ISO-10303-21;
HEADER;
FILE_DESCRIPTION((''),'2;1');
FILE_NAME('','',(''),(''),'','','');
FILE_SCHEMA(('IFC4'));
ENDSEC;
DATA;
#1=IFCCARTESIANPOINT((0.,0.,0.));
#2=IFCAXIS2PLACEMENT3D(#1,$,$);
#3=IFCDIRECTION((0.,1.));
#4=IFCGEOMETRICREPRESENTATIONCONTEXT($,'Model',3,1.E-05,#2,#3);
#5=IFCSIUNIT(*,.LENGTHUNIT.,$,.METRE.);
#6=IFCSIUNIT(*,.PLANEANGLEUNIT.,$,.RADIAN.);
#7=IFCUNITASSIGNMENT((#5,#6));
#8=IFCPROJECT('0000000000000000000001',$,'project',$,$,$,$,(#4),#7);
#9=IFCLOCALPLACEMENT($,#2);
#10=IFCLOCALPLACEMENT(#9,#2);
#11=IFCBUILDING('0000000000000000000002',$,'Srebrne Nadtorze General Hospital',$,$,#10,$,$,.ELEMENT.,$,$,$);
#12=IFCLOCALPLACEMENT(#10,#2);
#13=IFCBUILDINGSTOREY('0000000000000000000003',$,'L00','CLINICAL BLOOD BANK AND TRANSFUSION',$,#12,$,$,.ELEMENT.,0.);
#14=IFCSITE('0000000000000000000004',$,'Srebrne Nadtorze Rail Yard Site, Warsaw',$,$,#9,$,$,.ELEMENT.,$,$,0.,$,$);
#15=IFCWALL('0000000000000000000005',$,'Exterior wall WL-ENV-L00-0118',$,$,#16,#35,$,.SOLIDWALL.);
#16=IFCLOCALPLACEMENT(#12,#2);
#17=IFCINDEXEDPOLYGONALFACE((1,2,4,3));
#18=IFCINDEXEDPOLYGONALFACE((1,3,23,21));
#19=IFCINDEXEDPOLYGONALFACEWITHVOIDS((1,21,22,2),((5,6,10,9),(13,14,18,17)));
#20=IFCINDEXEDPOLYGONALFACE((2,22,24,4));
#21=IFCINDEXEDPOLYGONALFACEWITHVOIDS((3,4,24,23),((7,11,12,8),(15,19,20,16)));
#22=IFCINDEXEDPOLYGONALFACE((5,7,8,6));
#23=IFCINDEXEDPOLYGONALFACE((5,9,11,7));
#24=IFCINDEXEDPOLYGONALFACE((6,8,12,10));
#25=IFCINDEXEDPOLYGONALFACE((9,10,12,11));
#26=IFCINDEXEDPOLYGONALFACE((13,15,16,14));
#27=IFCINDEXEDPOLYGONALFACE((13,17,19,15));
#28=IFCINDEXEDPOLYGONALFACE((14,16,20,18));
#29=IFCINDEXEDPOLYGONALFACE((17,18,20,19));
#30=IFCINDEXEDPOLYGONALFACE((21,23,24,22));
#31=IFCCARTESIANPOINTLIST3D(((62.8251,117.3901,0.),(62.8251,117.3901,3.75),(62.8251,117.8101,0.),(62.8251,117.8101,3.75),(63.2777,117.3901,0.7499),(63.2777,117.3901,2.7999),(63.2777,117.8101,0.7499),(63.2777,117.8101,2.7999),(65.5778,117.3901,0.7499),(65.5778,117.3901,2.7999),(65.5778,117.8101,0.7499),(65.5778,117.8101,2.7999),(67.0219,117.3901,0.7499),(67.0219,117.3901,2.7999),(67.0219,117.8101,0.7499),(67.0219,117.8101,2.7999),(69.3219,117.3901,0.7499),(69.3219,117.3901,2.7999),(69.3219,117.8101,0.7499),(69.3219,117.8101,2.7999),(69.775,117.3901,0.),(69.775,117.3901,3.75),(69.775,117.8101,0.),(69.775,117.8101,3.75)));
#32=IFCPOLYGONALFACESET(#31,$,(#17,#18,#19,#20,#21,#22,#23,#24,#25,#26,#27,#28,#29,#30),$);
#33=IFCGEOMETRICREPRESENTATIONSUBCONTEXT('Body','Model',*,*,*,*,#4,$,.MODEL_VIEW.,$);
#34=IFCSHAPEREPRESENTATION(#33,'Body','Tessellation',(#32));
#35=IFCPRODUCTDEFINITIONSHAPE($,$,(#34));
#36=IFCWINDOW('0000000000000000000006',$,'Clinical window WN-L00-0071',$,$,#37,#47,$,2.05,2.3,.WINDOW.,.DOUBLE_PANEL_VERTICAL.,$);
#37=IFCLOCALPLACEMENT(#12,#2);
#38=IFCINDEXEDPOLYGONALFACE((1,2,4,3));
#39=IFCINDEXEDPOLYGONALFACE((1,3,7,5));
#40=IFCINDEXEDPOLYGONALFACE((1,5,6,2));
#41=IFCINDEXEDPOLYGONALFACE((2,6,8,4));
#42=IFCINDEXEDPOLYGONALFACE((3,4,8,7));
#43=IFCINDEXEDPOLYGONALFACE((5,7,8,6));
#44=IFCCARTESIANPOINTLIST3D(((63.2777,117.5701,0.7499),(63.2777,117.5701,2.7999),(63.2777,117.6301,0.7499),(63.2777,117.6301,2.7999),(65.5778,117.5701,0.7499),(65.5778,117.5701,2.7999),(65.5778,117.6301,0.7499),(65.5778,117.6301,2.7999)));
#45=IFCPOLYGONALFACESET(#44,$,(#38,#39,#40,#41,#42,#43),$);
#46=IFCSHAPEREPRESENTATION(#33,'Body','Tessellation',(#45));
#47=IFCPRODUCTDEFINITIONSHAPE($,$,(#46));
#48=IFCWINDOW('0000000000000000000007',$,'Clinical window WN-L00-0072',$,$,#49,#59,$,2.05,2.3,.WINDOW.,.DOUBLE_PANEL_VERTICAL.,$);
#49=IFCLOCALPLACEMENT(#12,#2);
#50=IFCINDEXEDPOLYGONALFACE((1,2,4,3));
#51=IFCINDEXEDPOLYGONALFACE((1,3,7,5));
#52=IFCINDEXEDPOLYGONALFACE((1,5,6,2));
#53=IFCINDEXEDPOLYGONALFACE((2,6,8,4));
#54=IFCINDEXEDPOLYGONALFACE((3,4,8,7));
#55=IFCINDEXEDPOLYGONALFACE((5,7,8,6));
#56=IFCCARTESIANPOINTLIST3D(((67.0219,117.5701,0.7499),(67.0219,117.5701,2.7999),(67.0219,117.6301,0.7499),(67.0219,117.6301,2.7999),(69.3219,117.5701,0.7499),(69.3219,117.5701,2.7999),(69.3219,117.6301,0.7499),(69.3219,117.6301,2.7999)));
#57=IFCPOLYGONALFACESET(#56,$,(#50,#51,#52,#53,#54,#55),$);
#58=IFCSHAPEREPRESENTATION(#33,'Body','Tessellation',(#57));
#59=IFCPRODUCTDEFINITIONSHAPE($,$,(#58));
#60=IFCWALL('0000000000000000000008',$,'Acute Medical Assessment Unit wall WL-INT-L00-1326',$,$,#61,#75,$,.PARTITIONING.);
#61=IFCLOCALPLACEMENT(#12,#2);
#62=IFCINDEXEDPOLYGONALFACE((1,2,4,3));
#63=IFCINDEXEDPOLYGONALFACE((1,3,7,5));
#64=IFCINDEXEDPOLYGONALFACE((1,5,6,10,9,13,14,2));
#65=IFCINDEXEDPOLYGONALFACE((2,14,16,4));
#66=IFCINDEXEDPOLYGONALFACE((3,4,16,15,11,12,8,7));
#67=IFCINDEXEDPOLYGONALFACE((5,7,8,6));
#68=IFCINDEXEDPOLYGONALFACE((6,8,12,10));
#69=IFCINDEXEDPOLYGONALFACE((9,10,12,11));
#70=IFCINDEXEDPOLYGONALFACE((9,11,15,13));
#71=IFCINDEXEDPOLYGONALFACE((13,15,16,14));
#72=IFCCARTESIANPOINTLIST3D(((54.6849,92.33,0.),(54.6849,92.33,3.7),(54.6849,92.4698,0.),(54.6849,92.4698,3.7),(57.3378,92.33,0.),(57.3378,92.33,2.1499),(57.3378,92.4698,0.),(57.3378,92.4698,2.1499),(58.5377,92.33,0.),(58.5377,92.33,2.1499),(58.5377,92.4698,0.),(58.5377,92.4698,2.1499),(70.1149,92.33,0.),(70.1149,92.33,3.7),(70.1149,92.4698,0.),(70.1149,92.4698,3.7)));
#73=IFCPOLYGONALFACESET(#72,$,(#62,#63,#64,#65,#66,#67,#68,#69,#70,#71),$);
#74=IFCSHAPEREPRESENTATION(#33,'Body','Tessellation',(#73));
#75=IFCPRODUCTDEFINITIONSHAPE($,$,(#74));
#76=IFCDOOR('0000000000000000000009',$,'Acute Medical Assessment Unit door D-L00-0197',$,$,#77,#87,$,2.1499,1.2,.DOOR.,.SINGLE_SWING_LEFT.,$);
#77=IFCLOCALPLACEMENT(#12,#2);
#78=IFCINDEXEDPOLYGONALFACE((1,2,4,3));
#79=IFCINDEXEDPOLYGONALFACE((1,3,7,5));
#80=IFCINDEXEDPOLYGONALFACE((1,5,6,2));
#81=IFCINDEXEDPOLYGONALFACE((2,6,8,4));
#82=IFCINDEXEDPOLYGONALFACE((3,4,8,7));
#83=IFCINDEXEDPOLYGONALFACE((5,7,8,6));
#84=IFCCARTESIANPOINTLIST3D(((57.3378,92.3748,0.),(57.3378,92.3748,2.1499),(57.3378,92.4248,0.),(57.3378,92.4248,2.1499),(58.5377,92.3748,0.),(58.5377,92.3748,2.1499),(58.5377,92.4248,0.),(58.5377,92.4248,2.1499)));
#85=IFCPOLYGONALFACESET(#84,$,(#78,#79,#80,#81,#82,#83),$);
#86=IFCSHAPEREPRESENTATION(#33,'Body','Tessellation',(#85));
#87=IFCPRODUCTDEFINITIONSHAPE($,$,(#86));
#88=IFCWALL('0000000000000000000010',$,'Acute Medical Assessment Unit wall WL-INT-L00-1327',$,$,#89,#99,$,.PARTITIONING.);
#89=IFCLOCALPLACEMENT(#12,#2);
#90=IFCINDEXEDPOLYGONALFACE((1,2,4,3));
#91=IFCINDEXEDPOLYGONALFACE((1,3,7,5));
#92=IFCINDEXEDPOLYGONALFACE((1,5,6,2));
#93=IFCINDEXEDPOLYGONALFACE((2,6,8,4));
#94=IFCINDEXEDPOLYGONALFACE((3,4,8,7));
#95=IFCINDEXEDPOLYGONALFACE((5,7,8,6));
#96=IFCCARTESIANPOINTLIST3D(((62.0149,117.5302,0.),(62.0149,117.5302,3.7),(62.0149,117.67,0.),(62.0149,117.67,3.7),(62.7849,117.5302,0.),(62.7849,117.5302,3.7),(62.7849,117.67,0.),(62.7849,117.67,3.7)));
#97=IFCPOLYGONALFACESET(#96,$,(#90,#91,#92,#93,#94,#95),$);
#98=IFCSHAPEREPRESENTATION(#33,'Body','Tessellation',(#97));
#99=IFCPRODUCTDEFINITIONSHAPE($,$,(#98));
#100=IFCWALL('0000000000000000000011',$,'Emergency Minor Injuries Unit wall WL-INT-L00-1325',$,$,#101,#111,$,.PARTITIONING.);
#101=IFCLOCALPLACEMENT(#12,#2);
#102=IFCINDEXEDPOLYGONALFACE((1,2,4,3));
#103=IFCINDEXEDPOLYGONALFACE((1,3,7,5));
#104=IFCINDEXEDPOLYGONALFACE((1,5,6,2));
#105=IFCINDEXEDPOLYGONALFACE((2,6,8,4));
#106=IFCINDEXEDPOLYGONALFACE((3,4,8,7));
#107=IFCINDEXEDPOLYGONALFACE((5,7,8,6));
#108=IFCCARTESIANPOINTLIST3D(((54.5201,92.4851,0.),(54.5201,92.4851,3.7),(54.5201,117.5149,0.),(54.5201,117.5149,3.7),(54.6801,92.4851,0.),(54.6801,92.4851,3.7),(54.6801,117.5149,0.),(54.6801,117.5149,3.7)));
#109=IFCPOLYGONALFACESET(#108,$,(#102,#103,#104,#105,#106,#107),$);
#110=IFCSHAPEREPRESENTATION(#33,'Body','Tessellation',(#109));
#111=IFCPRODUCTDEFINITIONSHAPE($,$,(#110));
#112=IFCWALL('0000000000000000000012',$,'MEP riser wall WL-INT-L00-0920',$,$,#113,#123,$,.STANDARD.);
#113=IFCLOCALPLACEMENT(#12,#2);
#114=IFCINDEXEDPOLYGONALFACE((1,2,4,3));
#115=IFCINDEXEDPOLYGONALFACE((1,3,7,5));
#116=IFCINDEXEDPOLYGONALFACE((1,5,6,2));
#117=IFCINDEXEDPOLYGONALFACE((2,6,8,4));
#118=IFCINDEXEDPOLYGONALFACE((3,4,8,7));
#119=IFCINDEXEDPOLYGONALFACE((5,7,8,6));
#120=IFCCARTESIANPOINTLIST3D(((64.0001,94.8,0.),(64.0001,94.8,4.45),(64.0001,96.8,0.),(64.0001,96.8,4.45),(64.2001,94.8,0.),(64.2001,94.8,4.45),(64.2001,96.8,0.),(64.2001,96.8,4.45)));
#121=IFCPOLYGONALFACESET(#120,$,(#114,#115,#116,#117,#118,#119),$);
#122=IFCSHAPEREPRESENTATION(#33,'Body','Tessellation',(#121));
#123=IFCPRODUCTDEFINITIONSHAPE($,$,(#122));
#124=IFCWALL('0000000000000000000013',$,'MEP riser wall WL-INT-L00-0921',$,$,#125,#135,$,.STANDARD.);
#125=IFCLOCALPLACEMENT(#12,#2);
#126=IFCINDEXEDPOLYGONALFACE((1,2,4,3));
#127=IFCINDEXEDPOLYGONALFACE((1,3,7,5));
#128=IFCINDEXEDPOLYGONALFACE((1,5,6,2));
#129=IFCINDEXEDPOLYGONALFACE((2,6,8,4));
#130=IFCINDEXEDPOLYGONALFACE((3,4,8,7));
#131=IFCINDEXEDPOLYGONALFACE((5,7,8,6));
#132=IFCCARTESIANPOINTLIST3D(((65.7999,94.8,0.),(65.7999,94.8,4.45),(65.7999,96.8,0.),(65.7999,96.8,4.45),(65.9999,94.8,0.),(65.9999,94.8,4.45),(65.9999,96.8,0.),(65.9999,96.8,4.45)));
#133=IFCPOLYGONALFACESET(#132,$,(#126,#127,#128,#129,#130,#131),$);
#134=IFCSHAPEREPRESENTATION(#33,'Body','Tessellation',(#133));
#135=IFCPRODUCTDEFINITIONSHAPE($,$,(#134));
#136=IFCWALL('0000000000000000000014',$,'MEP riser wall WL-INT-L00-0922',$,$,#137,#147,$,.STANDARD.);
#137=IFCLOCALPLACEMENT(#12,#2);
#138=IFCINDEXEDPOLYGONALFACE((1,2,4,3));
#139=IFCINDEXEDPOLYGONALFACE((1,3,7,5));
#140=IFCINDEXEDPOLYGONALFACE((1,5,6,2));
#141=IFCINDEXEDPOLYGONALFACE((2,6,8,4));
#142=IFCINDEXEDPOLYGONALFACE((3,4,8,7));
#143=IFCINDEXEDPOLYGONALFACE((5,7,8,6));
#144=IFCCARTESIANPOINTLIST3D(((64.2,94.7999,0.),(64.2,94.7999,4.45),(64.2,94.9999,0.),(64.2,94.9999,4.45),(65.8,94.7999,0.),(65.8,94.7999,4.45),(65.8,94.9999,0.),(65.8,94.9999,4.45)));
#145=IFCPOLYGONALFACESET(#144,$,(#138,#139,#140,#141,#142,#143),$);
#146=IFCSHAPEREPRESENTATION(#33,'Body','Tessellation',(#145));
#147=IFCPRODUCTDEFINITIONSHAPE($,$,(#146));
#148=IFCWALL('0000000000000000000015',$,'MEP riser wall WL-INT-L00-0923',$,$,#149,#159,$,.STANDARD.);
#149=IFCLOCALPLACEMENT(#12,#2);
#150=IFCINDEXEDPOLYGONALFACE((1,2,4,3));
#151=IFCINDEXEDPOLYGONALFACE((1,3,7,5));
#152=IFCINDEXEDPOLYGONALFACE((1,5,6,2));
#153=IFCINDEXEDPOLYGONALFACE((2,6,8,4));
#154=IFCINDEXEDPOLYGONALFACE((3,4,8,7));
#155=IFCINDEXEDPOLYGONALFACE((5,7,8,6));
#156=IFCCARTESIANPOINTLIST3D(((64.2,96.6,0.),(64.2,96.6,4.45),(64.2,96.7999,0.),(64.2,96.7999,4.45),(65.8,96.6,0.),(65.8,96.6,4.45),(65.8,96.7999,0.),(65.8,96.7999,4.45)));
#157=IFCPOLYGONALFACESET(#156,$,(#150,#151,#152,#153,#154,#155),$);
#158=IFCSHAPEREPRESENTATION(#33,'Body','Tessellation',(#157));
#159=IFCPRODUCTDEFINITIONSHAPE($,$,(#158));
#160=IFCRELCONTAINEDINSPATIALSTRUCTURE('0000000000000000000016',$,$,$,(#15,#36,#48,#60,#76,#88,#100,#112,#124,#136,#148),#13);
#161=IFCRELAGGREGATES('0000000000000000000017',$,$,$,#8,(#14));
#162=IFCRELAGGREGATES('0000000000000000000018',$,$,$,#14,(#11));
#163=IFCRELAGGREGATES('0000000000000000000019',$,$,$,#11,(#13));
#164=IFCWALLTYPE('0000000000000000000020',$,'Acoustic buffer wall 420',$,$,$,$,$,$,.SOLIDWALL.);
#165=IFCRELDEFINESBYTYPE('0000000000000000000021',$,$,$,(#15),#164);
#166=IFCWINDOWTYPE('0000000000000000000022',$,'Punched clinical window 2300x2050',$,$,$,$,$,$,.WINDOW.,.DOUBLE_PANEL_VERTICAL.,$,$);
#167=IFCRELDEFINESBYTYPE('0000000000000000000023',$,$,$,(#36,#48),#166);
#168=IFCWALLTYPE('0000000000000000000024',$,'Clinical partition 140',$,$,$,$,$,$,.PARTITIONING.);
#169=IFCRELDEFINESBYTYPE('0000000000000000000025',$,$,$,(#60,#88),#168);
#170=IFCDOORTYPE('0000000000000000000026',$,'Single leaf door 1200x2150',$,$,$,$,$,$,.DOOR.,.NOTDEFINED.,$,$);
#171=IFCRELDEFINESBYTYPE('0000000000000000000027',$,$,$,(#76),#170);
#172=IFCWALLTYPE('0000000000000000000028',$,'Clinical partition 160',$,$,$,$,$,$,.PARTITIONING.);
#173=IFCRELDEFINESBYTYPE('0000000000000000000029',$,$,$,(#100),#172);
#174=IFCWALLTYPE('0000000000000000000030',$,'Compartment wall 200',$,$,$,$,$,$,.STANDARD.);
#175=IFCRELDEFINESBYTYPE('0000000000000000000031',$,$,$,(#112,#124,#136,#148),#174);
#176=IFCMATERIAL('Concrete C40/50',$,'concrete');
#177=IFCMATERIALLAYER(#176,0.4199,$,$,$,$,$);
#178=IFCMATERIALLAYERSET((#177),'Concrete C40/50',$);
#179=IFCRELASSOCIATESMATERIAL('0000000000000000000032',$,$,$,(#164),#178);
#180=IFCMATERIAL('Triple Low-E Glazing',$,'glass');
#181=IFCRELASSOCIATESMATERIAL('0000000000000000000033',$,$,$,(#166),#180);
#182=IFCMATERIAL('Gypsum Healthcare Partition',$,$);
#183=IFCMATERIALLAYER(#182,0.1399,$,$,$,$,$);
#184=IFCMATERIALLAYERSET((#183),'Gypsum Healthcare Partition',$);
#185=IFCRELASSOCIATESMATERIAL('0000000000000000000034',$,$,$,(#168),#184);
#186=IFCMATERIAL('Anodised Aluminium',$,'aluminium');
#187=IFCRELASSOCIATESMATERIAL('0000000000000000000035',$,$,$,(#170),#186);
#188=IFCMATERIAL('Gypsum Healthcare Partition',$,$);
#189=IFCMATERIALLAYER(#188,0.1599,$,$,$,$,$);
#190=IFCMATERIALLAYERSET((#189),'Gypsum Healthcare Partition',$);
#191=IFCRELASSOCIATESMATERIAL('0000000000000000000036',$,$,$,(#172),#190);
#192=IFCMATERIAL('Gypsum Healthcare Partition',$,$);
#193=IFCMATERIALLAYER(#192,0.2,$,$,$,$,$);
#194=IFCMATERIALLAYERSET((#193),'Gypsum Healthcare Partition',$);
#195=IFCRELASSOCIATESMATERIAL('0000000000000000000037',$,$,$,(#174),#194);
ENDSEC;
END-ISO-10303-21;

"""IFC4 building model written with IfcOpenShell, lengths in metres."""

from ifc_helpers import new_model, si_unit, direction, frame, frame_2d, origin, place, context, subcontext, project, spatial, rectangle, extrude, material, layer, layer_set, type_object, element, fill, save


model = new_model("IFC4")

# Units and contexts
model_context = context("Model", 3, precision=1e-05, world=origin(), true_north=direction((0.0, 1.0)))
body_context = subcontext(model_context, "Body", "Model", "MODEL_VIEW")
ifc_project = project(units=[si_unit("LENGTHUNIT", "METRE"), si_unit("PLANEANGLEUNIT", "RADIAN")], contexts=[model_context])

# Site, building, storey
site_placement = place(None, origin())
site = spatial("IfcSite", under=ifc_project, at=site_placement, Name="Srebrne Nadtorze Rail Yard Site, Warsaw", CompositionType="ELEMENT", RefElevation=0.0)
building_placement = place(site_placement, origin())
building = spatial("IfcBuilding", under=site, at=building_placement, Name="Srebrne Nadtorze General Hospital", CompositionType="ELEMENT")
storey_placement = place(building_placement, origin())
storey = spatial("IfcBuildingStorey", under=building, at=storey_placement, Name="L00", Description="CLINICAL BLOOD BANK AND TRANSFUSION", CompositionType="ELEMENT", Elevation=0.0)

# Wall, openings, windows
ifc_material_1 = material(Name="Concrete C40/50", Category="concrete")
ifc_layer_1 = layer(ifc_material_1, 0.4199)
ifc_layer_set_1 = layer_set([ifc_layer_1], Name="Concrete C40/50")
wall_type_1 = type_object("IfcWallType", Name="Acoustic buffer wall 420", PredefinedType="SOLIDWALL", material=ifc_layer_set_1)
wall_1_placement = place(storey_placement, frame((62.825, 117.6001, 0.0), z_axis=(0.0, 0.0, 1.0), x_axis=(1.0, 0.0, 0.0)))
wall_1 = element("IfcWall", 1, at=wall_1_placement, inside=storey, type_object=wall_type_1, Name="Exterior wall WL-ENV-L00-0118", PredefinedType="SOLIDWALL", context=body_context, shape_type="SweptSolid", body=[
    extrude(rectangle(XDim=6.95, YDim=0.4199, at=frame_2d((3.4751, 0.0))), origin(), (0.0, 0.0, 1.0), 3.75),
])
opening_1_placement = place(wall_1_placement, frame((0.4529, 0.0, 0.75)))
opening_1 = element("IfcOpeningElement", 2, at=opening_1_placement, cuts=wall_1, PredefinedType="OPENING", context=body_context, shape_type="SweptSolid", body=[
    extrude(rectangle(XDim=2.3, YDim=2.05, at=frame_2d((1.1499, 1.0249))), frame((0.0, 0.2219, 0.0), z_axis=(0.0, -1.0, 0.0), x_axis=(1.0, 0.0, 0.0)), (0.0, 0.0, 1.0), 0.4438),
])
opening_2_placement = place(wall_1_placement, frame((4.197, 0.0, 0.75)))
opening_2 = element("IfcOpeningElement", 3, at=opening_2_placement, cuts=wall_1, PredefinedType="OPENING", context=body_context, shape_type="SweptSolid", body=[
    extrude(rectangle(XDim=2.3, YDim=2.05, at=frame_2d((1.1499, 1.0249))), frame((0.0, 0.2219, 0.0), z_axis=(0.0, -1.0, 0.0), x_axis=(1.0, 0.0, 0.0)), (0.0, 0.0, 1.0), 0.4438),
])
ifc_material_2 = material(Name="Triple Low-E Glazing", Category="glass")
window_type_1 = type_object("IfcWindowType", Name="Punched clinical window 2300x2050", PartitioningType="DOUBLE_PANEL_VERTICAL", PredefinedType="WINDOW", material=ifc_material_2)
window_1_placement = place(opening_1_placement, origin())
window_1 = element("IfcWindow", 4, at=window_1_placement, inside=storey, type_object=window_type_1, Name="Clinical window WN-L00-0071", OverallHeight=2.05, OverallWidth=2.3, PartitioningType="DOUBLE_PANEL_VERTICAL", PredefinedType="WINDOW", context=body_context, shape_type="SweptSolid", body=[
    extrude(rectangle(XDim=2.3, YDim=2.05, at=frame_2d((1.1499, 1.0249))), frame((0.0, 0.03, 0.0), z_axis=(0.0, -1.0, 0.0), x_axis=(1.0, 0.0, 0.0)), (0.0, 0.0, 1.0), 0.0601),
])
fill(opening_1, window_1)
window_2_placement = place(opening_2_placement, origin())
window_2 = element("IfcWindow", 5, at=window_2_placement, inside=storey, type_object=window_type_1, Name="Clinical window WN-L00-0072", OverallHeight=2.05, OverallWidth=2.3, PartitioningType="DOUBLE_PANEL_VERTICAL", PredefinedType="WINDOW", context=body_context, shape_type="SweptSolid", body=[
    extrude(rectangle(XDim=2.3, YDim=2.05, at=frame_2d((1.1499, 1.0249))), frame((0.0, 0.03, 0.0), z_axis=(0.0, -1.0, 0.0), x_axis=(1.0, 0.0, 0.0)), (0.0, 0.0, 1.0), 0.0601),
])
fill(opening_2, window_2)

# Wall, opening, door
ifc_material_3 = material(Name="Gypsum Healthcare Partition")
ifc_layer_2 = layer(ifc_material_3, 0.1399)
ifc_layer_set_2 = layer_set([ifc_layer_2], Name="Gypsum Healthcare Partition")
wall_type_2 = type_object("IfcWallType", Name="Clinical partition 140", PredefinedType="PARTITIONING", material=ifc_layer_set_2)
wall_2_placement = place(storey_placement, frame((54.6851, 92.3999, 0.0), z_axis=(0.0, 0.0, 1.0), x_axis=(1.0, 0.0, 0.0)))
wall_2 = element("IfcWall", 6, at=wall_2_placement, inside=storey, type_object=wall_type_2, Name="Acute Medical Assessment Unit wall WL-INT-L00-1326", PredefinedType="PARTITIONING", context=body_context, shape_type="SweptSolid", body=[
    extrude(rectangle(XDim=15.4299, YDim=0.1399, at=frame_2d((7.7148, 0.0))), origin(), (0.0, 0.0, 1.0), 3.7),
])
opening_3_placement = place(wall_2_placement, frame((2.6526, 0.0, 0.0)))
opening_3 = element("IfcOpeningElement", 7, at=opening_3_placement, cuts=wall_2, PredefinedType="OPENING", context=body_context, shape_type="SweptSolid", body=[
    extrude(rectangle(XDim=1.2, YDim=2.1499, at=frame_2d((0.6001, 1.075))), frame((0.0, 0.082, 0.0), z_axis=(0.0, -1.0, 0.0), x_axis=(1.0, 0.0, 0.0)), (0.0, 0.0, 1.0), 0.1638),
])
ifc_material_4 = material(Name="Anodised Aluminium", Category="aluminium")
door_type = type_object("IfcDoorType", Name="Single leaf door 1200x2150", OperationType="NOTDEFINED", PredefinedType="DOOR", material=ifc_material_4)
door_placement = place(opening_3_placement, origin())
door = element("IfcDoor", 8, at=door_placement, inside=storey, type_object=door_type, Name="Acute Medical Assessment Unit door D-L00-0197", OperationType="SINGLE_SWING_LEFT", OverallHeight=2.1499, OverallWidth=1.2, PredefinedType="DOOR", context=body_context, shape_type="SweptSolid", body=[
    extrude(rectangle(XDim=1.2, YDim=2.1499, at=frame_2d((0.6001, 1.075))), frame((0.0, 0.0249, 0.0), z_axis=(0.0, -1.0, 0.0), x_axis=(1.0, 0.0, 0.0)), (0.0, 0.0, 1.0), 0.05),
])
fill(opening_3, door)

# Walls
wall_3_placement = place(storey_placement, frame((62.0149, 117.6001, 0.0), z_axis=(0.0, 0.0, 1.0), x_axis=(1.0, 0.0, 0.0)))
element("IfcWall", 9, at=wall_3_placement, inside=storey, type_object=wall_type_2, Name="Acute Medical Assessment Unit wall WL-INT-L00-1327", PredefinedType="PARTITIONING", context=body_context, shape_type="SweptSolid", body=[
    extrude(rectangle(XDim=0.77, YDim=0.1399, at=frame_2d((0.385, 0.0))), origin(), (0.0, 0.0, 1.0), 3.7),
])
ifc_material_5 = material(Name="Gypsum Healthcare Partition")
ifc_layer_3 = layer(ifc_material_5, 0.1599)
ifc_layer_set_3 = layer_set([ifc_layer_3], Name="Gypsum Healthcare Partition")
wall_type_3 = type_object("IfcWallType", Name="Clinical partition 160", PredefinedType="PARTITIONING", material=ifc_layer_set_3)
wall_4_placement = place(storey_placement, frame((54.6001, 92.4851, 0.0), z_axis=(0.0, 0.0, 1.0), x_axis=(0.0, 1.0, 0.0)))
element("IfcWall", 10, at=wall_4_placement, inside=storey, type_object=wall_type_3, Name="Emergency Minor Injuries Unit wall WL-INT-L00-1325", PredefinedType="PARTITIONING", context=body_context, shape_type="SweptSolid", body=[
    extrude(rectangle(XDim=25.0298, YDim=0.1599, at=frame_2d((12.5149, 0.0))), origin(), (0.0, 0.0, 1.0), 3.7),
])
ifc_material_6 = material(Name="Gypsum Healthcare Partition")
ifc_layer_4 = layer(ifc_material_6, 0.2)
ifc_layer_set_4 = layer_set([ifc_layer_4], Name="Gypsum Healthcare Partition")
wall_type_4 = type_object("IfcWallType", Name="Compartment wall 200", PredefinedType="STANDARD", material=ifc_layer_set_4)
for number, where, z_axis, x_axis, name in (
    (11, (64.1001, 94.8, 0.0), (0.0, 0.0, 1.0), (0.0, 1.0, 0.0), "MEP riser wall WL-INT-L00-0920"),
    (12, (65.8999, 94.8, 0.0), (0.0, 0.0, 1.0), (0.0, 1.0, 0.0), "MEP riser wall WL-INT-L00-0921"),
):
    element("IfcWall", number, at=place(storey_placement, frame(where, z_axis=z_axis, x_axis=x_axis)), inside=storey, type_object=wall_type_4, Name=name, PredefinedType="STANDARD", context=body_context, shape_type="SweptSolid", body=[
        extrude(rectangle(XDim=2.0, YDim=0.2, at=frame_2d((1.0, 0.0))), origin(), (0.0, 0.0, 1.0), 4.45),
    ])
for number, where, z_axis, x_axis, name in (
    (13, (64.2, 94.8999, 0.0), (0.0, 0.0, 1.0), (1.0, 0.0, 0.0), "MEP riser wall WL-INT-L00-0922"),
    (14, (64.2, 96.7, 0.0), (0.0, 0.0, 1.0), (1.0, 0.0, 0.0), "MEP riser wall WL-INT-L00-0923"),
):
    element("IfcWall", number, at=place(storey_placement, frame(where, z_axis=z_axis, x_axis=x_axis)), inside=storey, type_object=wall_type_4, Name=name, PredefinedType="STANDARD", context=body_context, shape_type="SweptSolid", body=[
        extrude(rectangle(XDim=1.6001, YDim=0.2, at=frame_2d((0.8, 0.0))), origin(), (0.0, 0.0, 1.0), 4.45),
    ])

save(model, "model.ifc")
